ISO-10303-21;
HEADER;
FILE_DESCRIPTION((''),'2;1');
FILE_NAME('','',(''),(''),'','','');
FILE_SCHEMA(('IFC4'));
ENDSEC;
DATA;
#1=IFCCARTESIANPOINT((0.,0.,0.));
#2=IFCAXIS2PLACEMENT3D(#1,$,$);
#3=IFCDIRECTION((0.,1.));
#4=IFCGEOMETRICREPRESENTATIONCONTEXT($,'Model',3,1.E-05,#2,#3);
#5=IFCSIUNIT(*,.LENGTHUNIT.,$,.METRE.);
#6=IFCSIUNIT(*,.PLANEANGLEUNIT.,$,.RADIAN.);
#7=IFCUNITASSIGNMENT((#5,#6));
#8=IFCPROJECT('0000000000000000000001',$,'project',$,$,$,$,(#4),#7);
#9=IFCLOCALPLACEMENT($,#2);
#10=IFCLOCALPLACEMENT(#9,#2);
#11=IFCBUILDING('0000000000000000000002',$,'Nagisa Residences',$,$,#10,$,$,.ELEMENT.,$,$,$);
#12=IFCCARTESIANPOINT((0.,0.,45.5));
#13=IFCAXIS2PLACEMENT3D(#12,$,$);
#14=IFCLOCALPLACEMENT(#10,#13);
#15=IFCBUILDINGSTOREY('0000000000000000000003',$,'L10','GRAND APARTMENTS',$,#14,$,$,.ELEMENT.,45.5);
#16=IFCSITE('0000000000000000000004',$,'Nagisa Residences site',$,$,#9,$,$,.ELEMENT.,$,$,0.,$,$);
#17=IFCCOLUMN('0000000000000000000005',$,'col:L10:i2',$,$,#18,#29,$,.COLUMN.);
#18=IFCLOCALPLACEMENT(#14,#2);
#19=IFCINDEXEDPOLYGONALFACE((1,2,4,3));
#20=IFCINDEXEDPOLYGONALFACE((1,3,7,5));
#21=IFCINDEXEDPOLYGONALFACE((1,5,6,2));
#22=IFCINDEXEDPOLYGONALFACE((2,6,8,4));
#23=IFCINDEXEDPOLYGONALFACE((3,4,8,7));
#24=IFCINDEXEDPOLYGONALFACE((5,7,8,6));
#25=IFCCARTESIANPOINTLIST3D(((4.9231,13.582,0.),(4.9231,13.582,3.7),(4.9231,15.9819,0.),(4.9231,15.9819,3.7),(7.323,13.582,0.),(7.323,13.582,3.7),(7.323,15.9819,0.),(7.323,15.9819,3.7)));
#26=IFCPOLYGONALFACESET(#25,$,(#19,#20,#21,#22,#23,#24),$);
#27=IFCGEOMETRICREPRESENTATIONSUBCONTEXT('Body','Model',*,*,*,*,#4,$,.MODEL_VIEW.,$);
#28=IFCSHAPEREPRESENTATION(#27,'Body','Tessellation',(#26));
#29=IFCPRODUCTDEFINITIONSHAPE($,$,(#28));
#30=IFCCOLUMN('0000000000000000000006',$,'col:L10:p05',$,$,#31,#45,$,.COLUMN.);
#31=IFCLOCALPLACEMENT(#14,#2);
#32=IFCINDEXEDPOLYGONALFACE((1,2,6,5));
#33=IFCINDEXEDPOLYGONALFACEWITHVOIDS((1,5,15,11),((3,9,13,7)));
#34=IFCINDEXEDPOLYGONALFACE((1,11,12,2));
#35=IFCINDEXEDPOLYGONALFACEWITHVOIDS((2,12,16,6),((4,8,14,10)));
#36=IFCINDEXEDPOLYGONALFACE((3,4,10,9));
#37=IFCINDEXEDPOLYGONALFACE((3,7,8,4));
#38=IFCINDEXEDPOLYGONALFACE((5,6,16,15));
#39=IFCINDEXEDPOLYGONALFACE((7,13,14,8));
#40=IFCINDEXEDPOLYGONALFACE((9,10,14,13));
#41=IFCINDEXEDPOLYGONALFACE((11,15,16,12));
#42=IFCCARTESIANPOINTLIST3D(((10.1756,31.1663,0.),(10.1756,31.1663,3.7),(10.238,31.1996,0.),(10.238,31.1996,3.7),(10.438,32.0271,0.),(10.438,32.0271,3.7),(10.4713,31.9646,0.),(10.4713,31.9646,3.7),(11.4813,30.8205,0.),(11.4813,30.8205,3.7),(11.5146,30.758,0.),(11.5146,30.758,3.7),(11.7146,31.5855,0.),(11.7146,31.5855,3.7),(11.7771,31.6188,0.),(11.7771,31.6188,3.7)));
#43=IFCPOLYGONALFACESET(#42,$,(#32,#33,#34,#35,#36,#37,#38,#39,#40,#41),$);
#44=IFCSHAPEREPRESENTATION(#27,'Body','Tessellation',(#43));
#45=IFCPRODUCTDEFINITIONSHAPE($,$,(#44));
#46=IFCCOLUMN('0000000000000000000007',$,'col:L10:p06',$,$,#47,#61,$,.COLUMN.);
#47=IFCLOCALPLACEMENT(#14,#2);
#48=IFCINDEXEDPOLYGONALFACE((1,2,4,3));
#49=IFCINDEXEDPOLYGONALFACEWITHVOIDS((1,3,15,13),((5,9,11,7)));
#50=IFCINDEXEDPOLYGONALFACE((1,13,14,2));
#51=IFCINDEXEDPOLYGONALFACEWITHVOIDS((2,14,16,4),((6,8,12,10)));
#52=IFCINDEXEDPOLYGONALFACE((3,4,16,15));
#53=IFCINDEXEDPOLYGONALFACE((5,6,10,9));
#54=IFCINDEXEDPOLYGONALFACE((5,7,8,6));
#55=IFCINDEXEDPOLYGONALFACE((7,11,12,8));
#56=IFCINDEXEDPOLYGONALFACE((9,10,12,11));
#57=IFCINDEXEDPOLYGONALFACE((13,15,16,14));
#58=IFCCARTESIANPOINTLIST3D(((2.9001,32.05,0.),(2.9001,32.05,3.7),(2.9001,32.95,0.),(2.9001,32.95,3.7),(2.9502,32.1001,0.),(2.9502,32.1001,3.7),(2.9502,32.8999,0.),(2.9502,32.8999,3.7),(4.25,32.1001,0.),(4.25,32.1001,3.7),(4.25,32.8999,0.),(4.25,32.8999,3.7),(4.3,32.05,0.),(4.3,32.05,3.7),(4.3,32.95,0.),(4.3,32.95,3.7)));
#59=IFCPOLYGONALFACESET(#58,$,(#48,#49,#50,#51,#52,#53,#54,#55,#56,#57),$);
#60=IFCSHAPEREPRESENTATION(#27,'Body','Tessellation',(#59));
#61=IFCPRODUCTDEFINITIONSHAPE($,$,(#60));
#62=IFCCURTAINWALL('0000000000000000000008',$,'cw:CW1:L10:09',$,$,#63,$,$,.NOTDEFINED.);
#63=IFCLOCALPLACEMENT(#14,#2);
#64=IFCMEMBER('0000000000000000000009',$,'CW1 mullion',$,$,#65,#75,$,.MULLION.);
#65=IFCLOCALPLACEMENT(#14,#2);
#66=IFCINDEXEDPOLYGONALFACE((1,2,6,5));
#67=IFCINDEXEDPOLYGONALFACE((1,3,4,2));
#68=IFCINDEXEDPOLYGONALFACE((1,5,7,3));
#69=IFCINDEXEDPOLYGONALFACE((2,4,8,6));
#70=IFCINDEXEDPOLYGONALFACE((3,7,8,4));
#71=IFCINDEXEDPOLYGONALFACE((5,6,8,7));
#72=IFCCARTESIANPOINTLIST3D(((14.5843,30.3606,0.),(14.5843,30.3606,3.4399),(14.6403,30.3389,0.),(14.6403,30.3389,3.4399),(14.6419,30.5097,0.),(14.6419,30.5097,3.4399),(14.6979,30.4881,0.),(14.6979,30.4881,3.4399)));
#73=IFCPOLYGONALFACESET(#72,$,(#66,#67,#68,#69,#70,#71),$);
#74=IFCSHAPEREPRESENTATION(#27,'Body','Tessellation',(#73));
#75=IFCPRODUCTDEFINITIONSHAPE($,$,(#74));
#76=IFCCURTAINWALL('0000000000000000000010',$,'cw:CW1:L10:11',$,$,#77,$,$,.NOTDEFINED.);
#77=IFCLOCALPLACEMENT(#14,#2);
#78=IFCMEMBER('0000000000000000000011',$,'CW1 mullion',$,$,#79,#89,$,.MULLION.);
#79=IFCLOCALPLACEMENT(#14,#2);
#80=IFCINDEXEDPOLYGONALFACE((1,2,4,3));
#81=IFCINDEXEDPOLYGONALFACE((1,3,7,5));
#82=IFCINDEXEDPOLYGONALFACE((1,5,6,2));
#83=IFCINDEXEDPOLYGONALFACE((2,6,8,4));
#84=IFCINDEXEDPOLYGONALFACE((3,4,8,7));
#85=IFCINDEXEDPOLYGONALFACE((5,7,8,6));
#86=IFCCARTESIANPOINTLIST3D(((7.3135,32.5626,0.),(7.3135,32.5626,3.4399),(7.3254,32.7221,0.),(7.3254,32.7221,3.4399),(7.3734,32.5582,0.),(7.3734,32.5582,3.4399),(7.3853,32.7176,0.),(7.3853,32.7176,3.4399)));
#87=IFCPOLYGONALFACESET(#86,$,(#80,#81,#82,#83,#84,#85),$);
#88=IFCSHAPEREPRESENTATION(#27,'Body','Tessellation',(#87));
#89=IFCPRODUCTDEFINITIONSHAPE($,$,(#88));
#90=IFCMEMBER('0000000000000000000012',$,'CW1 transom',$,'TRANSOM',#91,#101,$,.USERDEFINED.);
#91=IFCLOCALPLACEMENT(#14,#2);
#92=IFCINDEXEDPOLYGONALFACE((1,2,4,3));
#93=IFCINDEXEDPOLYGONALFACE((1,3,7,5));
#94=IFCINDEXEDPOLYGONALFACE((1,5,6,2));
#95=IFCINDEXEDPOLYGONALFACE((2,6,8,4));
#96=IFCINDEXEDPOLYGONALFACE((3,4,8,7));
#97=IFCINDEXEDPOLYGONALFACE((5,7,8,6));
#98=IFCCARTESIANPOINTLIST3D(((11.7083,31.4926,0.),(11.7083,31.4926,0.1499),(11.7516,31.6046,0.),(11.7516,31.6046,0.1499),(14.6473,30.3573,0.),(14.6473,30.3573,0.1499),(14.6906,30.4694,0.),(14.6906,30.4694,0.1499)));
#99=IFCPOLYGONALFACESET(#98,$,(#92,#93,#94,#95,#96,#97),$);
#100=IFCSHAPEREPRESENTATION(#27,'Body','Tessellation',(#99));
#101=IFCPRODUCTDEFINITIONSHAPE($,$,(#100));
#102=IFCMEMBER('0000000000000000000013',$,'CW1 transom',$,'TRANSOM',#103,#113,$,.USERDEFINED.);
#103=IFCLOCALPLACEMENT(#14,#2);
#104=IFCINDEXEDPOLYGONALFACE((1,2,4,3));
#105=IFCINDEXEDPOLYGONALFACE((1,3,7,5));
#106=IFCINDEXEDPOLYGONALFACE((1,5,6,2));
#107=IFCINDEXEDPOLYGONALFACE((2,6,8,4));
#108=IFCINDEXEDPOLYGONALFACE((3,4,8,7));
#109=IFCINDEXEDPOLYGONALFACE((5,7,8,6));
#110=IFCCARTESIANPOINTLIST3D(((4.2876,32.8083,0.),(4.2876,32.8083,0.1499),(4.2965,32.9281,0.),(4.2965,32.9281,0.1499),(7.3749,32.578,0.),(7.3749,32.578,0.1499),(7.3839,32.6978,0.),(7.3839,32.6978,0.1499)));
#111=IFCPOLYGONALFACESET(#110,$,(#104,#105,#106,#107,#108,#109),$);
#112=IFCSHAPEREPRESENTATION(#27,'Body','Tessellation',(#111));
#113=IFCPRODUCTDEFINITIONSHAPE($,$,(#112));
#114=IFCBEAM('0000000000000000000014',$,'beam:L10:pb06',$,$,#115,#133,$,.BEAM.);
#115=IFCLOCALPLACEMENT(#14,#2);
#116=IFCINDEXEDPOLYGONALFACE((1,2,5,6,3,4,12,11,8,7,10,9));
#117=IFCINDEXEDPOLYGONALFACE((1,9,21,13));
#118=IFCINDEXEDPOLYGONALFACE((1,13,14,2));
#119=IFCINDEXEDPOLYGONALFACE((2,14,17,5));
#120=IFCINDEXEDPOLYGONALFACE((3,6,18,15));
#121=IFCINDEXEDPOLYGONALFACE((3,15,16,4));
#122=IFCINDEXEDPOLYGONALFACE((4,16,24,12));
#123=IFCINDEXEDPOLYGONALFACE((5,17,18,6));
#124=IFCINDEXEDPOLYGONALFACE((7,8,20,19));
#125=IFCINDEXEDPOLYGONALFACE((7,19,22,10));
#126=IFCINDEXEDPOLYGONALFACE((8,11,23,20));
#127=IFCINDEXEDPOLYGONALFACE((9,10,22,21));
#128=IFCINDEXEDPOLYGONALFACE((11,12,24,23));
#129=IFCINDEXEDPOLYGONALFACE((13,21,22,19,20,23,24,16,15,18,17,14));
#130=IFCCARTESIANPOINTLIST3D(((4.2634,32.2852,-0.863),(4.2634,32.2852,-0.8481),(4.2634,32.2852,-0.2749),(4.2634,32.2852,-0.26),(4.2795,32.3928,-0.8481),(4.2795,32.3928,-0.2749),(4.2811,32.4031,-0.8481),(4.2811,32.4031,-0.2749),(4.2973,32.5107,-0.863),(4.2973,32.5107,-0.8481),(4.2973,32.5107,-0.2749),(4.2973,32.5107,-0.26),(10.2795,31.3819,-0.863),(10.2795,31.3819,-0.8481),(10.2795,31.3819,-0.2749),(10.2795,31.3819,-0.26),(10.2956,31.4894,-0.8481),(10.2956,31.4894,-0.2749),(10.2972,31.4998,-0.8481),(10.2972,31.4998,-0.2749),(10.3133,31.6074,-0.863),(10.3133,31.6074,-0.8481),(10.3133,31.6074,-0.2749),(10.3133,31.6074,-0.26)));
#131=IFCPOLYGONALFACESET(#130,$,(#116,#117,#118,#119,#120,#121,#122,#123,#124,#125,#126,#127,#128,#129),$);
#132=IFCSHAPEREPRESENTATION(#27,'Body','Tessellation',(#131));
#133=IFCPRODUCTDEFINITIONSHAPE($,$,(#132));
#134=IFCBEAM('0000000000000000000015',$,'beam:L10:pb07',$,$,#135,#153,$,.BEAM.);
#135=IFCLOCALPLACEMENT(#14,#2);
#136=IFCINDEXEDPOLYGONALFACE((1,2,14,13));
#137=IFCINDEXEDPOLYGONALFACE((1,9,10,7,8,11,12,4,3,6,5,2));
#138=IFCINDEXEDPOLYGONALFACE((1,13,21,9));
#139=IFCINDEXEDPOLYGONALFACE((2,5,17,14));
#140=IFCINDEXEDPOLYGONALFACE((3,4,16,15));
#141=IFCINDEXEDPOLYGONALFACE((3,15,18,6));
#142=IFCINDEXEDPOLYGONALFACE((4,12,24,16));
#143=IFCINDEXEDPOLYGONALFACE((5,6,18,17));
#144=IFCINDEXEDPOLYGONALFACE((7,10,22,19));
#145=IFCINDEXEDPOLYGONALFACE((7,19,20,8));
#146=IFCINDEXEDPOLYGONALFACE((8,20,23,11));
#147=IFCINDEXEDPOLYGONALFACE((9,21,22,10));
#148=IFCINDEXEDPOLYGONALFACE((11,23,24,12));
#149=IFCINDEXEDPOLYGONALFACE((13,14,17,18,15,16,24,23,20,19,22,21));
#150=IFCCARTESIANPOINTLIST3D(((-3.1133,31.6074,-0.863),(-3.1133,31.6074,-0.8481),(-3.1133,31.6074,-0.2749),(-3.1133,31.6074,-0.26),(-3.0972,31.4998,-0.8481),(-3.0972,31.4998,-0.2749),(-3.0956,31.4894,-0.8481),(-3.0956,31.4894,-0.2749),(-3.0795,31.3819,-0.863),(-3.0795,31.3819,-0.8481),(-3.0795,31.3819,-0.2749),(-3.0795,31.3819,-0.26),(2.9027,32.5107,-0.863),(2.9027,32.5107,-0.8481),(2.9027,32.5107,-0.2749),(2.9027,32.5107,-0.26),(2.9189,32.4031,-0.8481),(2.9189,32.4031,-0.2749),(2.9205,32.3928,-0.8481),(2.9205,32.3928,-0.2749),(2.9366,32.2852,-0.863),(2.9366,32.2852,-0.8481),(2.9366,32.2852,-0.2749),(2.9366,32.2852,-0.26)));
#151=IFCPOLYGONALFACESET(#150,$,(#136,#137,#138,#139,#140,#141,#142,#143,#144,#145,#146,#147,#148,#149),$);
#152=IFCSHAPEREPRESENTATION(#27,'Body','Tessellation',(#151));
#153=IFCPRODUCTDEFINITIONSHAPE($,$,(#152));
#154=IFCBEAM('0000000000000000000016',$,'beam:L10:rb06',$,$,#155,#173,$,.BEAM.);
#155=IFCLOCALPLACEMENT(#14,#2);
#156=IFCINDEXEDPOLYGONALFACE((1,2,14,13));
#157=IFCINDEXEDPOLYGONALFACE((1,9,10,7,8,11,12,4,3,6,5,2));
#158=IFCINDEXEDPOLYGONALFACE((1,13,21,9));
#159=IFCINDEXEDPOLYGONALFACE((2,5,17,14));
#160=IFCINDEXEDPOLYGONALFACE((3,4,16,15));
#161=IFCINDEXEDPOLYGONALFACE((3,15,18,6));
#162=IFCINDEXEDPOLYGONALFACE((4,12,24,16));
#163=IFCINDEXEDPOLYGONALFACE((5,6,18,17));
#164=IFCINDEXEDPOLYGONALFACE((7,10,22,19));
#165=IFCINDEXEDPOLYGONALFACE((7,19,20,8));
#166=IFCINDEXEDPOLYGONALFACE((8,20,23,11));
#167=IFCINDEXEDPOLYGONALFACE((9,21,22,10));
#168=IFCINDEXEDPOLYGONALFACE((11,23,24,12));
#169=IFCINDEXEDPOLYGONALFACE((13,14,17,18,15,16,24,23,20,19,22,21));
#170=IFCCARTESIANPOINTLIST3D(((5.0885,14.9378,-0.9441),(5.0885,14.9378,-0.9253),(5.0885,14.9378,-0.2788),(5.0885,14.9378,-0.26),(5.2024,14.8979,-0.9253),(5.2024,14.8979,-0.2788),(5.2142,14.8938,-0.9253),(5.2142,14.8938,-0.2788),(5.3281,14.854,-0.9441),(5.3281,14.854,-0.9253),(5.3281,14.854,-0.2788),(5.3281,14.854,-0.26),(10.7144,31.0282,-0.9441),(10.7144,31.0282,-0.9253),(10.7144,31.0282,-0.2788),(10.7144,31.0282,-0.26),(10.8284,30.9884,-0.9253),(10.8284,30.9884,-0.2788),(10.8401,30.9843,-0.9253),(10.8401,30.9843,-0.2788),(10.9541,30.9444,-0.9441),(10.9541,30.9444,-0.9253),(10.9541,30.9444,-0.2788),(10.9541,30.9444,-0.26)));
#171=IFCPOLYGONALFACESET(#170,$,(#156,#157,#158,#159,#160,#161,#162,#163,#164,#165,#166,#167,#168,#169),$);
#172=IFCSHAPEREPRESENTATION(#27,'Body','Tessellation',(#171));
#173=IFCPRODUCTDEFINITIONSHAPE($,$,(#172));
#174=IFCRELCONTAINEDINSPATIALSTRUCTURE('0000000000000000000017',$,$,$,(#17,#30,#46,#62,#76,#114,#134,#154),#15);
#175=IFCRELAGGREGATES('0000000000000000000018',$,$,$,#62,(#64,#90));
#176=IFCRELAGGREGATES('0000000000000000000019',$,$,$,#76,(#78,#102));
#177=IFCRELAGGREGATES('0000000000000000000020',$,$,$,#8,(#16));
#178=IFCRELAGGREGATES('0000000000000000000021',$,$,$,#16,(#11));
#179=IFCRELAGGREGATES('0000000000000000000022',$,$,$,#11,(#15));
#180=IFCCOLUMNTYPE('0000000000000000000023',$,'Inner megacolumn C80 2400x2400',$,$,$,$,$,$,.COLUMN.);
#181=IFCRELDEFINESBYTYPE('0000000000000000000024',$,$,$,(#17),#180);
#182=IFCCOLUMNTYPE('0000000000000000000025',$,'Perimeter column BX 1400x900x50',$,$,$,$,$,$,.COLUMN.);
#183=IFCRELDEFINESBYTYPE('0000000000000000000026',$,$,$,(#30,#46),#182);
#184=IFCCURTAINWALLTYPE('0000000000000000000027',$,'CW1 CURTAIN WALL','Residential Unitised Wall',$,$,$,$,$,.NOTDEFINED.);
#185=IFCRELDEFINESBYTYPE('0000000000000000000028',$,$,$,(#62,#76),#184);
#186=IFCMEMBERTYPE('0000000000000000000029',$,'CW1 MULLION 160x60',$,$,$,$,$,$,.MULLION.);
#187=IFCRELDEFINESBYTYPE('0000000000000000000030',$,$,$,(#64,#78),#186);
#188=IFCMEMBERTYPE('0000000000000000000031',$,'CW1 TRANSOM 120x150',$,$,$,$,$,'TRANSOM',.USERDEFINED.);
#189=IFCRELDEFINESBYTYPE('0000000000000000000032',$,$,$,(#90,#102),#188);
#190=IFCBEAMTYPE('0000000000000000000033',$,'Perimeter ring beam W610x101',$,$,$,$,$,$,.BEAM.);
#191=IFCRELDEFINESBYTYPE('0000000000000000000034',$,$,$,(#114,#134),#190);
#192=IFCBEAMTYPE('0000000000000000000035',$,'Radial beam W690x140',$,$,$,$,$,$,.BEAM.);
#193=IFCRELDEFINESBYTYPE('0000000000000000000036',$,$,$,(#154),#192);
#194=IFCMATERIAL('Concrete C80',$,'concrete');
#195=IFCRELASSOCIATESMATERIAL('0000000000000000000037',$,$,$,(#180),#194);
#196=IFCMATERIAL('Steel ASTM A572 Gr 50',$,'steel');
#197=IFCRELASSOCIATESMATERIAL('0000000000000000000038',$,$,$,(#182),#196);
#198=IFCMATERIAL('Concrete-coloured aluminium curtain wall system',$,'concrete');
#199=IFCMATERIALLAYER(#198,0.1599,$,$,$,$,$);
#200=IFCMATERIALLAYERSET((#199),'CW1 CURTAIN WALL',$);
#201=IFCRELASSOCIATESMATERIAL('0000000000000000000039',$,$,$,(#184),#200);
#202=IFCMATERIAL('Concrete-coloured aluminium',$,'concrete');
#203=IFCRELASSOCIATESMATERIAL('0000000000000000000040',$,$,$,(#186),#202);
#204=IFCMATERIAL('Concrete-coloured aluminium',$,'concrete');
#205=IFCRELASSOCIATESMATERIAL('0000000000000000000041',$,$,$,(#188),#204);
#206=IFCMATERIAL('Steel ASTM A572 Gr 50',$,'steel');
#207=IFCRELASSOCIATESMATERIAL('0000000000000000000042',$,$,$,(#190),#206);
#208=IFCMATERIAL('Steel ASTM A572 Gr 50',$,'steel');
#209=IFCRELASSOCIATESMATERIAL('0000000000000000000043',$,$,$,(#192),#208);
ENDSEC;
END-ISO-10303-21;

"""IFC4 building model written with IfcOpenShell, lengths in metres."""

from ifc_helpers import new_model, si_unit, direction, frame, origin, origin_2d, place, context, subcontext, project, spatial, rectangle, hollow_rectangle, i_section, extrude, material, layer, layer_set, material_profile, profile_set, type_object, element, aggregate, save


model = new_model("IFC4")

# Units and contexts
model_context = context("Model", 3, precision=1e-05, world=origin(), true_north=direction((0.0, 1.0)))
body_context = subcontext(model_context, "Body", "Model", "MODEL_VIEW")
ifc_project = project(units=[si_unit("LENGTHUNIT", "METRE"), si_unit("PLANEANGLEUNIT", "RADIAN")], contexts=[model_context])

# Site, building, storey
site_placement = place(None, origin())
site = spatial("IfcSite", under=ifc_project, at=site_placement, Name="Nagisa Residences site", CompositionType="ELEMENT", RefElevation=0.0)
building_placement = place(site_placement, origin())
building = spatial("IfcBuilding", under=site, at=building_placement, Name="Nagisa Residences", CompositionType="ELEMENT")
storey_placement = place(building_placement, frame((0.0, 0.0, 45.5)))
storey = spatial("IfcBuildingStorey", under=building, at=storey_placement, Name="L10", Description="GRAND APARTMENTS", CompositionType="ELEMENT", Elevation=45.5)

# Columns
ifc_material_1 = material(Name="Concrete C80", Category="concrete")
ifc_material_profile_1 = material_profile(ifc_material_1, rectangle(XDim=2.3999, YDim=2.3999, at=origin_2d()), Name="C80 2400x2400")
ifc_profile_set_1 = profile_set([ifc_material_profile_1], Name="Concrete C80")
column_type_1 = type_object("IfcColumnType", Name="Inner megacolumn C80 2400x2400", PredefinedType="COLUMN", material=ifc_profile_set_1)
column_placement = place(storey_placement, frame((6.123, 14.782, 0.0), z_axis=(0.0, 0.0, 1.0), x_axis=(1.0, 0.0, 0.0)))
element("IfcColumn", 1, at=column_placement, inside=storey, type_object=column_type_1, Name="col:L10:i2", PredefinedType="COLUMN", context=body_context, shape_type="SweptSolid", body=[
    extrude(rectangle(XDim=2.3999, YDim=2.3999, at=origin_2d()), origin(), (0.0, 0.0, 1.0), 3.7),
])
ifc_material_2 = material(Name="Steel ASTM A572 Gr 50", Category="steel")
ifc_material_profile_2 = material_profile(ifc_material_2, hollow_rectangle(XDim=1.3999, YDim=0.8999, WallThickness=0.05, at=origin_2d()), Name="BX 1400x900x50")
ifc_profile_set_2 = profile_set([ifc_material_profile_2], Name="Steel ASTM A572 Gr 50")
column_type_2 = type_object("IfcColumnType", Name="Perimeter column BX 1400x900x50", PredefinedType="COLUMN", material=ifc_profile_set_2)
for number, where, z_axis, x_axis, name in (
    (2, (10.9763, 31.3926, 0.0), (0.0, 0.0, 1.0), (-0.956525, 0.291652, 0.0), "col:L10:p05"),
    (3, (3.6001, 32.5, 0.0), (0.0, 0.0, 1.0), (-1.0, 0.0, 0.0), "col:L10:p06"),
):
    element("IfcColumn", number, at=place(storey_placement, frame(where, z_axis=z_axis, x_axis=x_axis)), inside=storey, type_object=column_type_2, Name=name, PredefinedType="COLUMN", context=body_context, shape_type="SweptSolid", body=[
        extrude(hollow_rectangle(XDim=1.3999, YDim=0.8999, WallThickness=0.05, at=origin_2d()), origin(), (0.0, 0.0, 1.0), 3.7),
    ])

# Curtain walls, members
ifc_material_3 = material(Name="Concrete-coloured aluminium curtain wall system", Category="concrete")
ifc_layer_1 = layer(ifc_material_3, 0.1599)
ifc_layer_set_1 = layer_set([ifc_layer_1], Name="CW1 CURTAIN WALL")
curtain_wall_type = type_object("IfcCurtainWallType", Name="CW1 CURTAIN WALL", Description="Residential Unitised Wall", PredefinedType="NOTDEFINED", material=ifc_layer_set_1)
curtain_wall_1_placement = place(storey_placement, origin())
curtain_wall_1 = element("IfcCurtainWall", 4, at=curtain_wall_1_placement, inside=storey, type_object=curtain_wall_type, Name="cw:CW1:L10:09", PredefinedType="NOTDEFINED")
ifc_material_4 = material(Name="Concrete-coloured aluminium", Category="concrete")
ifc_material_profile_3 = material_profile(ifc_material_4, rectangle(XDim=0.1599, YDim=0.0601, at=origin_2d()), Name="CW1 MULLION 160x60")
ifc_profile_set_3 = profile_set([ifc_material_profile_3], Name="Concrete-coloured aluminium")
member_type_1 = type_object("IfcMemberType", Name="CW1 MULLION 160x60", PredefinedType="MULLION", material=ifc_profile_set_3)
member_1_placement = place(storey_placement, frame((14.6411, 30.4243, 0.0), z_axis=(0.0, 0.0, 1.0), x_axis=(-0.360328, -0.932826, 0.0)))
member_1 = element("IfcMember", 5, at=member_1_placement, type_object=member_type_1, Name="CW1 mullion", PredefinedType="MULLION", context=body_context, shape_type="SweptSolid", body=[
    extrude(rectangle(XDim=0.1599, YDim=0.0601, at=origin_2d()), origin(), (0.0, 0.0, 1.0), 3.4399),
])
curtain_wall_2_placement = place(storey_placement, origin())
curtain_wall_2 = element("IfcCurtainWall", 6, at=curtain_wall_2_placement, inside=storey, type_object=curtain_wall_type, Name="cw:CW1:L10:11", PredefinedType="NOTDEFINED")
member_2_placement = place(storey_placement, frame((7.3494, 32.6401, 0.0), z_axis=(0.0, 0.0, 1.0), x_axis=(-0.074377, -0.99723, 0.0)))
member_2 = element("IfcMember", 7, at=member_2_placement, type_object=member_type_1, Name="CW1 mullion", PredefinedType="MULLION", context=body_context, shape_type="SweptSolid", body=[
    extrude(rectangle(XDim=0.1599, YDim=0.0601, at=origin_2d()), origin(), (0.0, 0.0, 1.0), 3.4399),
])

# Members
ifc_material_5 = material(Name="Concrete-coloured aluminium", Category="concrete")
ifc_material_profile_4 = material_profile(ifc_material_5, rectangle(XDim=0.1201, YDim=0.1499, at=origin_2d()), Name="CW1 TRANSOM 120x150")
ifc_profile_set_4 = profile_set([ifc_material_profile_4], Name="Concrete-coloured aluminium")
member_type_2 = type_object("IfcMemberType", Name="CW1 TRANSOM 120x150", ElementType="TRANSOM", PredefinedType="USERDEFINED", material=ifc_profile_set_4)
member_3_placement = place(storey_placement, frame((14.6689, 30.4133, 0.075), z_axis=(-0.932825, 0.360329, 0.0), x_axis=(-0.360329, -0.932825, 0.0)))
member_3 = element("IfcMember", 8, at=member_3_placement, type_object=member_type_2, Name="CW1 transom", ObjectType="TRANSOM", PredefinedType="USERDEFINED", context=body_context, shape_type="SweptSolid", body=[
    extrude(rectangle(XDim=0.1201, YDim=0.1499, at=origin_2d()), origin(), (0.0, 0.0, 1.0), 3.1506),
])
member_4_placement = place(storey_placement, frame((7.3794, 32.6379, 0.075), z_axis=(-0.997231, 0.074363, 0.0), x_axis=(-0.074363, -0.997231, 0.0)))
member_4 = element("IfcMember", 9, at=member_4_placement, type_object=member_type_2, Name="CW1 transom", ObjectType="TRANSOM", PredefinedType="USERDEFINED", context=body_context, shape_type="SweptSolid", body=[
    extrude(rectangle(XDim=0.1201, YDim=0.1499, at=origin_2d()), origin(), (0.0, 0.0, 1.0), 3.0959),
])

# Beams
ifc_material_6 = material(Name="Steel ASTM A572 Gr 50", Category="steel")
ifc_material_profile_5 = material_profile(ifc_material_6, i_section(OverallWidth=0.228, OverallDepth=0.603, WebThickness=0.0105, FlangeThickness=0.0149, at=origin_2d()), Name="W610x101")
ifc_profile_set_5 = profile_set([ifc_material_profile_5], Name="Steel ASTM A572 Gr 50")
beam_type_1 = type_object("IfcBeamType", Name="Perimeter ring beam W610x101", PredefinedType="BEAM", material=ifc_profile_set_5)
for number, where, z_axis, x_axis, name in (
    (10, (10.2964, 31.4946, -0.5615), (-0.988915, 0.148486, 0.0), (-0.148486, -0.988915, 0.0), "beam:L10:pb06"),
    (11, (2.9197, 32.3979, -0.5615), (-0.988915, -0.148486, 0.0), (0.148486, -0.988915, 0.0), "beam:L10:pb07"),
):
    element("IfcBeam", number, at=place(storey_placement, frame(where, z_axis=z_axis, x_axis=x_axis)), inside=storey, type_object=beam_type_1, Name=name, PredefinedType="BEAM", context=body_context, shape_type="SweptSolid", body=[
        extrude(i_section(OverallWidth=0.228, OverallDepth=0.603, WebThickness=0.0105, FlangeThickness=0.0149, at=origin_2d()), origin(), (0.0, 0.0, 1.0), 6.0835),
    ])
ifc_material_7 = material(Name="Steel ASTM A572 Gr 50", Category="steel")
ifc_material_profile_6 = material_profile(ifc_material_7, i_section(OverallWidth=0.2539, OverallDepth=0.6841, WebThickness=0.0125, FlangeThickness=0.0188, at=origin_2d()), Name="W690x140")
ifc_profile_set_6 = profile_set([ifc_material_profile_6], Name="Steel ASTM A572 Gr 50")
beam_type_2 = type_object("IfcBeamType", Name="Radial beam W690x140", PredefinedType="BEAM", material=ifc_profile_set_6)
beam_1_placement = place(storey_placement, frame((10.8342, 30.9863, -0.6021), z_axis=(-0.330051, -0.943963, 0.0), x_axis=(0.943963, -0.330051, 0.0)))
element("IfcBeam", 12, at=beam_1_placement, inside=storey, type_object=beam_type_2, Name="beam:L10:rb06", PredefinedType="BEAM", context=body_context, shape_type="SweptSolid", body=[
    extrude(i_section(OverallWidth=0.2539, OverallDepth=0.6841, WebThickness=0.0125, FlangeThickness=0.0188, at=origin_2d()), origin(), (0.0, 0.0, 1.0), 17.0457),
])

aggregate(curtain_wall_1, [member_1, member_3])
aggregate(curtain_wall_2, [member_2, member_4])

save(model, "model.ifc")
